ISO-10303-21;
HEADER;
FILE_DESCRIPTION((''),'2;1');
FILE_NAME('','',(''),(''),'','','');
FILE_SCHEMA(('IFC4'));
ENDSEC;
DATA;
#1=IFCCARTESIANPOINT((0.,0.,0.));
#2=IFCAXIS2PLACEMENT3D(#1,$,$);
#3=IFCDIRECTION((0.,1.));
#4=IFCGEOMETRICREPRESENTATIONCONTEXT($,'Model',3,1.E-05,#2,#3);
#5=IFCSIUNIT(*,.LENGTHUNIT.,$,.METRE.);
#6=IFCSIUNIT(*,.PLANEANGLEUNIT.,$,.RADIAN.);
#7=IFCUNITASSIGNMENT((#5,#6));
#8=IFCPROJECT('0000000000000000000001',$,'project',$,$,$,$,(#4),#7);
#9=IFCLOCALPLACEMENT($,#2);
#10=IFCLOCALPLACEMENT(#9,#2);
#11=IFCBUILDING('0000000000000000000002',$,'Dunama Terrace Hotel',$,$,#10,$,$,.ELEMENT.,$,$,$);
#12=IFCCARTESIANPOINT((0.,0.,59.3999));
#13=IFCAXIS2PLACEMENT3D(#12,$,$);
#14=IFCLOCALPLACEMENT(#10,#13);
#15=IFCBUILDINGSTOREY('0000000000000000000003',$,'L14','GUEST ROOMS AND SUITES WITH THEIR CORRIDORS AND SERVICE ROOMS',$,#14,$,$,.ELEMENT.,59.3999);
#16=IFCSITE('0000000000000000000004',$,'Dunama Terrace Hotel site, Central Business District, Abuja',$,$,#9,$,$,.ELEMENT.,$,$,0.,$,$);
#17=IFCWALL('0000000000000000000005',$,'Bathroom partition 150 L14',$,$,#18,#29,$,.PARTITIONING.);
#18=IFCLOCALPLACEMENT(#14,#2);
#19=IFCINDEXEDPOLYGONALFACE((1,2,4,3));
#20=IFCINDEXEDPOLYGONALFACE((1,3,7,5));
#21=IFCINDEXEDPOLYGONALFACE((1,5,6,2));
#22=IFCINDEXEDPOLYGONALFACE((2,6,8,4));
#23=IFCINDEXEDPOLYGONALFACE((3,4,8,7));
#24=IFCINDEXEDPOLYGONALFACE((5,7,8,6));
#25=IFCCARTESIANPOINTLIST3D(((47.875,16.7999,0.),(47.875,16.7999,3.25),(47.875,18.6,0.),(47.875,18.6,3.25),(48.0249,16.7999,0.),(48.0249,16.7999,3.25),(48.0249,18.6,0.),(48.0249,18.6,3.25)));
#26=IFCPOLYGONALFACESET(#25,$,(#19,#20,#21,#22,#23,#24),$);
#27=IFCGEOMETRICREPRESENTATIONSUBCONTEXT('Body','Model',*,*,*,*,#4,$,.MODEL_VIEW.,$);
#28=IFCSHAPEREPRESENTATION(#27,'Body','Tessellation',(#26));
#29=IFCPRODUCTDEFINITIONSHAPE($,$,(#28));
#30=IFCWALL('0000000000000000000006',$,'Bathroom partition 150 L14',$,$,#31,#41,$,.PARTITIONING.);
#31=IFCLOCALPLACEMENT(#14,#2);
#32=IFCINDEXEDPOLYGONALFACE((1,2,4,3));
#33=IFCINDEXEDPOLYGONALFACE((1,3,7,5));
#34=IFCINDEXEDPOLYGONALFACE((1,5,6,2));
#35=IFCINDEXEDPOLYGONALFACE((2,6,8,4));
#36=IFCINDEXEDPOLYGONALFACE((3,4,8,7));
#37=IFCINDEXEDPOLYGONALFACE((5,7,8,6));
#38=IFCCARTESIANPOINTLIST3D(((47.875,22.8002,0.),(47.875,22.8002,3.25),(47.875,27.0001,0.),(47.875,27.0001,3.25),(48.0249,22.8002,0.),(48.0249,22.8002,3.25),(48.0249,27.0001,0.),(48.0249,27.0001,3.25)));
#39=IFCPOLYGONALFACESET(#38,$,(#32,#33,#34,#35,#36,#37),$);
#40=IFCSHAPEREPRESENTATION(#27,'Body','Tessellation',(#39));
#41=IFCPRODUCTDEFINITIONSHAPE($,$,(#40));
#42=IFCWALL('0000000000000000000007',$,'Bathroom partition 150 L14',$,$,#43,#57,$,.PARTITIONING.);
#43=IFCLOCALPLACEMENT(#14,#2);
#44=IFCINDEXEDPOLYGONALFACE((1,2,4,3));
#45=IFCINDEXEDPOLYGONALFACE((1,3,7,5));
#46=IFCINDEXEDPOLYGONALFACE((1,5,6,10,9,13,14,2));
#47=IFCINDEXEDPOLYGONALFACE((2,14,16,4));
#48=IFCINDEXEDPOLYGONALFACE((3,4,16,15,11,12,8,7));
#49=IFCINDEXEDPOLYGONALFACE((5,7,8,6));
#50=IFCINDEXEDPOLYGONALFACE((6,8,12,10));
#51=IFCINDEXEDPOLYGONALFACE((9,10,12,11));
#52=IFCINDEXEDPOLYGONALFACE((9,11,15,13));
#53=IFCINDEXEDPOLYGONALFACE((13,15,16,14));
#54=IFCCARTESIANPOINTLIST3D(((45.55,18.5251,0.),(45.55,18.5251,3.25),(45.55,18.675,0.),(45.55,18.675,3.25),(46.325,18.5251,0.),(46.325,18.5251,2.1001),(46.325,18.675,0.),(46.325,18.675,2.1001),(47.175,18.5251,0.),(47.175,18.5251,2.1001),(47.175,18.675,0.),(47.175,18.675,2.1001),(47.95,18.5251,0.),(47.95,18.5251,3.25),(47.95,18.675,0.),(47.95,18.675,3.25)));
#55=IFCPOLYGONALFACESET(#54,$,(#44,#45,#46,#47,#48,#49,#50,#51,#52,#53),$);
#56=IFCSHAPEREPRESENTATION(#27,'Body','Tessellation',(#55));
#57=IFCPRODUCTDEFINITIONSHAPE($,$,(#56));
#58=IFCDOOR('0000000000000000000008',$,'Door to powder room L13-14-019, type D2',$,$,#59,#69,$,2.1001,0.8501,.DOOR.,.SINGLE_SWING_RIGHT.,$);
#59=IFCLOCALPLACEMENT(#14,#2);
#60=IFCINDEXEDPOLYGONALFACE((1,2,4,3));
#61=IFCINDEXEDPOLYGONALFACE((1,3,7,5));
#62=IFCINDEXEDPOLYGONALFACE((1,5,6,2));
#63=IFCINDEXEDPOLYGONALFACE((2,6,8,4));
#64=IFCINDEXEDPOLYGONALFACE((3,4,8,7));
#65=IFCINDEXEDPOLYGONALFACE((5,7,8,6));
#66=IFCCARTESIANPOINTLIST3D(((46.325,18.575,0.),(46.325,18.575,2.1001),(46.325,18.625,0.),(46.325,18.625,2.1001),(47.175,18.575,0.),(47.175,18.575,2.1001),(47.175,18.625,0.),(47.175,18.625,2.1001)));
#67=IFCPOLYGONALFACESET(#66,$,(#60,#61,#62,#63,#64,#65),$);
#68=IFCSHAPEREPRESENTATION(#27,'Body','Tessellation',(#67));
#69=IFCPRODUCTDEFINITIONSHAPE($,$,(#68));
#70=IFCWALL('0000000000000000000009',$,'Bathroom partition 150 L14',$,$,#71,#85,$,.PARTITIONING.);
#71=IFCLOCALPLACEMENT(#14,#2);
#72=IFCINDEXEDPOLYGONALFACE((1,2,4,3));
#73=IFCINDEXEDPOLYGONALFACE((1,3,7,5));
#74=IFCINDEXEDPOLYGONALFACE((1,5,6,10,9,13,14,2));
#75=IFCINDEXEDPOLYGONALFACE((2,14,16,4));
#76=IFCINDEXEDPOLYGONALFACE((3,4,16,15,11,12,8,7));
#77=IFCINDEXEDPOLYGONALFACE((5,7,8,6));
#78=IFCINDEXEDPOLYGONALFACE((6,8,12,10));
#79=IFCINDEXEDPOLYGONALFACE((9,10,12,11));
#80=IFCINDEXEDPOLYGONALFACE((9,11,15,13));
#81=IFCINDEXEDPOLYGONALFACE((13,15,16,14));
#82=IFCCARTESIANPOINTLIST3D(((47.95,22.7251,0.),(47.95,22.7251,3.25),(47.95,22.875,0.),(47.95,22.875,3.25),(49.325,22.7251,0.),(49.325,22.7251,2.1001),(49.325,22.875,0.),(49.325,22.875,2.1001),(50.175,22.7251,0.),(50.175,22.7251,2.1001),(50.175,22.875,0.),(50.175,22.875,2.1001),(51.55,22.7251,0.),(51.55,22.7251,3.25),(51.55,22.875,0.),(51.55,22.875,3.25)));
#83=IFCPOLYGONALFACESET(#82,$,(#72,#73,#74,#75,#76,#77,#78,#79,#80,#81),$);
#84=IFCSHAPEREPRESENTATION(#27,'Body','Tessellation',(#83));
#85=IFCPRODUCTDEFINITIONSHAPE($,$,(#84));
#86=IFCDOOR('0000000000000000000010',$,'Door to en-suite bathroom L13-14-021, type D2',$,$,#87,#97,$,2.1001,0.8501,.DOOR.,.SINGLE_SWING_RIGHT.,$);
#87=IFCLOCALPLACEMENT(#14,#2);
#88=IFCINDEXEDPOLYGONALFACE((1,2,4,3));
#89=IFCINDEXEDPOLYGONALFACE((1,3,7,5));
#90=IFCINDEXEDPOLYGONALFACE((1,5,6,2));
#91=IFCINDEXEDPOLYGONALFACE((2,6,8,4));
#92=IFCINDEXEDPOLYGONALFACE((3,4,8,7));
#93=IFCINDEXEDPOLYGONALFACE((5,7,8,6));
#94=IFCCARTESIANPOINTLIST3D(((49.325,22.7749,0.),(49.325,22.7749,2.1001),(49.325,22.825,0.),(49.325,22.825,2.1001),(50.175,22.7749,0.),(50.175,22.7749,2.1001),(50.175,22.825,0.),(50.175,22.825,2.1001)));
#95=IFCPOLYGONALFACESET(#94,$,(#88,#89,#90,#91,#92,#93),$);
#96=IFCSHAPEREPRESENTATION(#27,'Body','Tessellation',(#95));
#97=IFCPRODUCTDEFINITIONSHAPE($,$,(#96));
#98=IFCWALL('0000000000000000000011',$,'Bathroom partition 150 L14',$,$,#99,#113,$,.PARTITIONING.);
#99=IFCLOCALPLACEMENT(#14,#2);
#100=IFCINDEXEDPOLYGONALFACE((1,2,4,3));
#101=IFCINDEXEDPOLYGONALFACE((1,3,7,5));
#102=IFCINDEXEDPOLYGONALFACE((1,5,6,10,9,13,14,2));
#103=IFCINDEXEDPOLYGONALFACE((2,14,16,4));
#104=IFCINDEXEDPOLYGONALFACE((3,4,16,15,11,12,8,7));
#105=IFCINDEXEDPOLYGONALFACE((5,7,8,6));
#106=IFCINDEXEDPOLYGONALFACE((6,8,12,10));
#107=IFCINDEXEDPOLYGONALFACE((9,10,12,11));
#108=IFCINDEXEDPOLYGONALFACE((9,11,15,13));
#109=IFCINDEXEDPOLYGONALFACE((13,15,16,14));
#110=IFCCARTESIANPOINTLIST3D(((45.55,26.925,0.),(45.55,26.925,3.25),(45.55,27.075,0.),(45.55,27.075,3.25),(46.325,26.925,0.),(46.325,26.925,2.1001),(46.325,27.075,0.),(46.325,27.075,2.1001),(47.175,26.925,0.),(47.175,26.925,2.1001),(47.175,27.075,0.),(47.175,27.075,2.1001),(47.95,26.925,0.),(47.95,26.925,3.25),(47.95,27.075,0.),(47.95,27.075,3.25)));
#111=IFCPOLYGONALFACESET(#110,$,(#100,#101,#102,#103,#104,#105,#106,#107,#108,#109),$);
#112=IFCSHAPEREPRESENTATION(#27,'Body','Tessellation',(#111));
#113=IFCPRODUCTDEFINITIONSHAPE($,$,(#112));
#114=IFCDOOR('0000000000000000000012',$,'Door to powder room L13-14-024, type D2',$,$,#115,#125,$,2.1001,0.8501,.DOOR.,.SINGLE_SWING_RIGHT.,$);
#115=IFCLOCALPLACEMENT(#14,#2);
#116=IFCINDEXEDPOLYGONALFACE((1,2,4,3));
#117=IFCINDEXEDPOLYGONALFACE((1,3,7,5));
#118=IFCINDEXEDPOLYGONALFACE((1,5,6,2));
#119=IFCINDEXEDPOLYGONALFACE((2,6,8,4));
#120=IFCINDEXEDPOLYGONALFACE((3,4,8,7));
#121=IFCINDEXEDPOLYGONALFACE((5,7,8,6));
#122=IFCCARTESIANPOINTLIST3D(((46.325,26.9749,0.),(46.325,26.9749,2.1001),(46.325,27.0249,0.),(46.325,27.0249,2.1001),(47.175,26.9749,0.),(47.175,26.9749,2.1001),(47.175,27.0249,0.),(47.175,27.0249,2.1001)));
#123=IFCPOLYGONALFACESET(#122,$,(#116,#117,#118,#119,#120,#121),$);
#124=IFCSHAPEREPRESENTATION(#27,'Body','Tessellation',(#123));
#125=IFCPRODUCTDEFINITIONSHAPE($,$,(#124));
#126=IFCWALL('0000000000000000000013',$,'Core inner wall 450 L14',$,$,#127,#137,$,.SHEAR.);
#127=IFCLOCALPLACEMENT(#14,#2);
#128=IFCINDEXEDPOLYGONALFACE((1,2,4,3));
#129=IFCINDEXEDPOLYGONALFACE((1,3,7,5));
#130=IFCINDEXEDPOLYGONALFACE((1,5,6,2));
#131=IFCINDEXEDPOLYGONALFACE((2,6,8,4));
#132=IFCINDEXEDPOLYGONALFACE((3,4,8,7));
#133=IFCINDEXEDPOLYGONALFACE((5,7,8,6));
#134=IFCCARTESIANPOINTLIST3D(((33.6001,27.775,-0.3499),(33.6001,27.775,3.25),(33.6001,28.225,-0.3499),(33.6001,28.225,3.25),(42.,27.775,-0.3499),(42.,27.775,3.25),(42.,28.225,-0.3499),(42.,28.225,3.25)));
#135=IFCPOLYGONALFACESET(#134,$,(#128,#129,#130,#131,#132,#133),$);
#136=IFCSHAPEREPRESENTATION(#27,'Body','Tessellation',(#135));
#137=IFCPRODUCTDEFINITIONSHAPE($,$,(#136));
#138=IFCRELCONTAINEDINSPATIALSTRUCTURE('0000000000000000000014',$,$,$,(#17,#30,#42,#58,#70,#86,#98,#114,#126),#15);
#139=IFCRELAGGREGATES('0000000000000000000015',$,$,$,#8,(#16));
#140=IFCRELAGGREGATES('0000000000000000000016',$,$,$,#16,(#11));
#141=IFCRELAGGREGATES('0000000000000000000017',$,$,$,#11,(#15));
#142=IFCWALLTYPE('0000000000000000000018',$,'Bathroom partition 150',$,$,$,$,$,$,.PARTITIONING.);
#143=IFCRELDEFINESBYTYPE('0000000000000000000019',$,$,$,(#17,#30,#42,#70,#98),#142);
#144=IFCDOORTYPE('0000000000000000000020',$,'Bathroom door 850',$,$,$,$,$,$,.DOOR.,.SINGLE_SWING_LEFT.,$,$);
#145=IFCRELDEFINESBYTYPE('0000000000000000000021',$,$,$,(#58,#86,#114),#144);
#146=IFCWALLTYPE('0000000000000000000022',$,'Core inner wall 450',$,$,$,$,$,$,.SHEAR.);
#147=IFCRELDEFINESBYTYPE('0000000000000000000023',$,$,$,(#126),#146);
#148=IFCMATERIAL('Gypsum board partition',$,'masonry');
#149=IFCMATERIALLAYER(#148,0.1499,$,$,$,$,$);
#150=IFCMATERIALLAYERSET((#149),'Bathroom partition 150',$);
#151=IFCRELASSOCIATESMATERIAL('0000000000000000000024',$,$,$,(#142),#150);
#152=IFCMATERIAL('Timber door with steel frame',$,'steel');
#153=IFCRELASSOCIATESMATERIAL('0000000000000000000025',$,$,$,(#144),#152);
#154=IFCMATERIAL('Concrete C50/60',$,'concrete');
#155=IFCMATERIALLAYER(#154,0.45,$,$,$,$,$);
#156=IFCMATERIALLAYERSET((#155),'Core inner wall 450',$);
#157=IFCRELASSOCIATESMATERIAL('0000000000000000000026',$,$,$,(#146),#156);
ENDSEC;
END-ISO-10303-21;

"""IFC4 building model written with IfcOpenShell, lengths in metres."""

from ifc_helpers import new_model, si_unit, direction, frame, frame_2d, origin, place, context, subcontext, project, spatial, rectangle, extrude, material, layer, layer_set, type_object, element, fill, save


model = new_model("IFC4")

# Units and contexts
model_context = context("Model", 3, precision=1e-05, world=origin(), true_north=direction((0.0, 1.0)))
body_context = subcontext(model_context, "Body", "Model", "MODEL_VIEW")
ifc_project = project(units=[si_unit("LENGTHUNIT", "METRE"), si_unit("PLANEANGLEUNIT", "RADIAN")], contexts=[model_context])

# Site, building, storey
site_placement = place(None, origin())
site = spatial("IfcSite", under=ifc_project, at=site_placement, Name="Dunama Terrace Hotel site, Central Business District, Abuja", CompositionType="ELEMENT", RefElevation=0.0)
building_placement = place(site_placement, origin())
building = spatial("IfcBuilding", under=site, at=building_placement, Name="Dunama Terrace Hotel", CompositionType="ELEMENT")
storey_placement = place(building_placement, frame((0.0, 0.0, 59.3999)))
storey = spatial("IfcBuildingStorey", under=building, at=storey_placement, Name="L14", Description="GUEST ROOMS AND SUITES WITH THEIR CORRIDORS AND SERVICE ROOMS", CompositionType="ELEMENT", Elevation=59.3999)

# Walls
ifc_material_1 = material(Name="Gypsum board partition", Category="masonry")
ifc_layer_1 = layer(ifc_material_1, 0.1499)
ifc_layer_set_1 = layer_set([ifc_layer_1], Name="Bathroom partition 150")
wall_type_1 = type_object("IfcWallType", Name="Bathroom partition 150", PredefinedType="PARTITIONING", material=ifc_layer_set_1)
wall_1_placement = place(storey_placement, frame((47.95, 16.8, 0.0), z_axis=(0.0, 0.0, 1.0), x_axis=(0.0, 1.0, 0.0)))
element("IfcWall", 1, at=wall_1_placement, inside=storey, type_object=wall_type_1, Name="Bathroom partition 150 L14", PredefinedType="PARTITIONING", context=body_context, shape_type="SweptSolid", body=[
    extrude(rectangle(XDim=1.8, YDim=0.1499, at=frame_2d((0.8999, 0.0))), origin(), (0.0, 0.0, 1.0), 3.25),
])
wall_2_placement = place(storey_placement, frame((47.95, 22.8, 0.0), z_axis=(0.0, 0.0, 1.0), x_axis=(0.0, 1.0, 0.0)))
element("IfcWall", 2, at=wall_2_placement, inside=storey, type_object=wall_type_1, Name="Bathroom partition 150 L14", PredefinedType="PARTITIONING", context=body_context, shape_type="SweptSolid", body=[
    extrude(rectangle(XDim=4.2, YDim=0.1499, at=frame_2d((2.1001, 0.0))), origin(), (0.0, 0.0, 1.0), 3.25),
])

# Walls, openings, doors
wall_3_placement = place(storey_placement, frame((45.55, 18.6001, 0.0), z_axis=(0.0, 0.0, 1.0), x_axis=(1.0, 0.0, 0.0)))
wall_3 = element("IfcWall", 3, at=wall_3_placement, inside=storey, type_object=wall_type_1, Name="Bathroom partition 150 L14", PredefinedType="PARTITIONING", context=body_context, shape_type="SweptSolid", body=[
    extrude(rectangle(XDim=2.3999, YDim=0.1499, at=frame_2d((1.2, 0.0))), origin(), (0.0, 0.0, 1.0), 3.25),
])
opening_1_placement = place(wall_3_placement, frame((0.7749, 0.0, 0.0)))
opening_1 = element("IfcOpeningElement", 4, at=opening_1_placement, cuts=wall_3, PredefinedType="OPENING", context=body_context, shape_type="SweptSolid", body=[
    extrude(rectangle(XDim=0.8501, YDim=2.1001, at=frame_2d((0.425, 1.05))), frame((0.0, 0.085, 0.0), z_axis=(0.0, -1.0, 0.0), x_axis=(1.0, 0.0, 0.0)), (0.0, 0.0, 1.0), 0.1699),
])
ifc_material_2 = material(Name="Timber door with steel frame", Category="steel")
door_type_1 = type_object("IfcDoorType", Name="Bathroom door 850", OperationType="SINGLE_SWING_LEFT", PredefinedType="DOOR", material=ifc_material_2)
door_1_placement = place(opening_1_placement, frame((0.8501, 0.0, 0.0), z_axis=(0.0, 0.0, 1.0), x_axis=(-1.0, 0.0, 0.0)))
door_1 = element("IfcDoor", 5, at=door_1_placement, inside=storey, type_object=door_type_1, Name="Door to powder room L13-14-019, type D2", OperationType="SINGLE_SWING_RIGHT", OverallHeight=2.1001, OverallWidth=0.8501, PredefinedType="DOOR", context=body_context, shape_type="SweptSolid", body=[
    extrude(rectangle(XDim=0.8501, YDim=2.1001, at=frame_2d((0.425, 1.05))), frame((0.0, 0.0251, 0.0), z_axis=(0.0, -1.0, 0.0), x_axis=(1.0, 0.0, 0.0)), (0.0, 0.0, 1.0), 0.05),
])
fill(opening_1, door_1)
wall_4_placement = place(storey_placement, frame((47.95, 22.8, 0.0), z_axis=(0.0, 0.0, 1.0), x_axis=(1.0, 0.0, 0.0)))
wall_4 = element("IfcWall", 6, at=wall_4_placement, inside=storey, type_object=wall_type_1, Name="Bathroom partition 150 L14", PredefinedType="PARTITIONING", context=body_context, shape_type="SweptSolid", body=[
    extrude(rectangle(XDim=3.6001, YDim=0.1499, at=frame_2d((1.8, 0.0))), origin(), (0.0, 0.0, 1.0), 3.25),
])
opening_2_placement = place(wall_4_placement, frame((1.375, 0.0, 0.0)))
opening_2 = element("IfcOpeningElement", 7, at=opening_2_placement, cuts=wall_4, PredefinedType="OPENING", context=body_context, shape_type="SweptSolid", body=[
    extrude(rectangle(XDim=0.8501, YDim=2.1001, at=frame_2d((0.425, 1.05))), frame((0.0, 0.085, 0.0), z_axis=(0.0, -1.0, 0.0), x_axis=(1.0, 0.0, 0.0)), (0.0, 0.0, 1.0), 0.1699),
])
door_2_placement = place(opening_2_placement, origin())
door_2 = element("IfcDoor", 8, at=door_2_placement, inside=storey, type_object=door_type_1, Name="Door to en-suite bathroom L13-14-021, type D2", OperationType="SINGLE_SWING_RIGHT", OverallHeight=2.1001, OverallWidth=0.8501, PredefinedType="DOOR", context=body_context, shape_type="SweptSolid", body=[
    extrude(rectangle(XDim=0.8501, YDim=2.1001, at=frame_2d((0.425, 1.05))), frame((0.0, 0.0249, 0.0), z_axis=(0.0, -1.0, 0.0), x_axis=(1.0, 0.0, 0.0)), (0.0, 0.0, 1.0), 0.05),
])
fill(opening_2, door_2)
wall_5_placement = place(storey_placement, frame((45.55, 27.0, 0.0), z_axis=(0.0, 0.0, 1.0), x_axis=(1.0, 0.0, 0.0)))
wall_5 = element("IfcWall", 9, at=wall_5_placement, inside=storey, type_object=wall_type_1, Name="Bathroom partition 150 L14", PredefinedType="PARTITIONING", context=body_context, shape_type="SweptSolid", body=[
    extrude(rectangle(XDim=2.3999, YDim=0.1499, at=frame_2d((1.2, 0.0))), origin(), (0.0, 0.0, 1.0), 3.25),
])
opening_3_placement = place(wall_5_placement, frame((0.7749, 0.0, 0.0)))
opening_3 = element("IfcOpeningElement", 10, at=opening_3_placement, cuts=wall_5, PredefinedType="OPENING", context=body_context, shape_type="SweptSolid", body=[
    extrude(rectangle(XDim=0.8501, YDim=2.1001, at=frame_2d((0.425, 1.05))), frame((0.0, 0.085, 0.0), z_axis=(0.0, -1.0, 0.0), x_axis=(1.0, 0.0, 0.0)), (0.0, 0.0, 1.0), 0.1699),
])
door_3_placement = place(opening_3_placement, frame((0.8501, 0.0, 0.0), z_axis=(0.0, 0.0, 1.0), x_axis=(-1.0, 0.0, 0.0)))
door_3 = element("IfcDoor", 11, at=door_3_placement, inside=storey, type_object=door_type_1, Name="Door to powder room L13-14-024, type D2", OperationType="SINGLE_SWING_RIGHT", OverallHeight=2.1001, OverallWidth=0.8501, PredefinedType="DOOR", context=body_context, shape_type="SweptSolid", body=[
    extrude(rectangle(XDim=0.8501, YDim=2.1001, at=frame_2d((0.425, 1.05))), frame((0.0, 0.0251, 0.0), z_axis=(0.0, -1.0, 0.0), x_axis=(1.0, 0.0, 0.0)), (0.0, 0.0, 1.0), 0.05),
])
fill(opening_3, door_3)

# Wall
ifc_material_3 = material(Name="Concrete C50/60", Category="concrete")
ifc_layer_2 = layer(ifc_material_3, 0.45)
ifc_layer_set_2 = layer_set([ifc_layer_2], Name="Core inner wall 450")
wall_type_2 = type_object("IfcWallType", Name="Core inner wall 450", PredefinedType="SHEAR", material=ifc_layer_set_2)
wall_6_placement = place(storey_placement, frame((33.6001, 28.0, -0.3499), z_axis=(0.0, 0.0, 1.0), x_axis=(1.0, 0.0, 0.0)))
element("IfcWall", 12, at=wall_6_placement, inside=storey, type_object=wall_type_2, Name="Core inner wall 450 L14", PredefinedType="SHEAR", context=body_context, shape_type="SweptSolid", body=[
    extrude(rectangle(XDim=8.3999, YDim=0.45, at=frame_2d((4.2, 0.0))), origin(), (0.0, 0.0, 1.0), 3.5999),
])

save(model, "model.ifc")
